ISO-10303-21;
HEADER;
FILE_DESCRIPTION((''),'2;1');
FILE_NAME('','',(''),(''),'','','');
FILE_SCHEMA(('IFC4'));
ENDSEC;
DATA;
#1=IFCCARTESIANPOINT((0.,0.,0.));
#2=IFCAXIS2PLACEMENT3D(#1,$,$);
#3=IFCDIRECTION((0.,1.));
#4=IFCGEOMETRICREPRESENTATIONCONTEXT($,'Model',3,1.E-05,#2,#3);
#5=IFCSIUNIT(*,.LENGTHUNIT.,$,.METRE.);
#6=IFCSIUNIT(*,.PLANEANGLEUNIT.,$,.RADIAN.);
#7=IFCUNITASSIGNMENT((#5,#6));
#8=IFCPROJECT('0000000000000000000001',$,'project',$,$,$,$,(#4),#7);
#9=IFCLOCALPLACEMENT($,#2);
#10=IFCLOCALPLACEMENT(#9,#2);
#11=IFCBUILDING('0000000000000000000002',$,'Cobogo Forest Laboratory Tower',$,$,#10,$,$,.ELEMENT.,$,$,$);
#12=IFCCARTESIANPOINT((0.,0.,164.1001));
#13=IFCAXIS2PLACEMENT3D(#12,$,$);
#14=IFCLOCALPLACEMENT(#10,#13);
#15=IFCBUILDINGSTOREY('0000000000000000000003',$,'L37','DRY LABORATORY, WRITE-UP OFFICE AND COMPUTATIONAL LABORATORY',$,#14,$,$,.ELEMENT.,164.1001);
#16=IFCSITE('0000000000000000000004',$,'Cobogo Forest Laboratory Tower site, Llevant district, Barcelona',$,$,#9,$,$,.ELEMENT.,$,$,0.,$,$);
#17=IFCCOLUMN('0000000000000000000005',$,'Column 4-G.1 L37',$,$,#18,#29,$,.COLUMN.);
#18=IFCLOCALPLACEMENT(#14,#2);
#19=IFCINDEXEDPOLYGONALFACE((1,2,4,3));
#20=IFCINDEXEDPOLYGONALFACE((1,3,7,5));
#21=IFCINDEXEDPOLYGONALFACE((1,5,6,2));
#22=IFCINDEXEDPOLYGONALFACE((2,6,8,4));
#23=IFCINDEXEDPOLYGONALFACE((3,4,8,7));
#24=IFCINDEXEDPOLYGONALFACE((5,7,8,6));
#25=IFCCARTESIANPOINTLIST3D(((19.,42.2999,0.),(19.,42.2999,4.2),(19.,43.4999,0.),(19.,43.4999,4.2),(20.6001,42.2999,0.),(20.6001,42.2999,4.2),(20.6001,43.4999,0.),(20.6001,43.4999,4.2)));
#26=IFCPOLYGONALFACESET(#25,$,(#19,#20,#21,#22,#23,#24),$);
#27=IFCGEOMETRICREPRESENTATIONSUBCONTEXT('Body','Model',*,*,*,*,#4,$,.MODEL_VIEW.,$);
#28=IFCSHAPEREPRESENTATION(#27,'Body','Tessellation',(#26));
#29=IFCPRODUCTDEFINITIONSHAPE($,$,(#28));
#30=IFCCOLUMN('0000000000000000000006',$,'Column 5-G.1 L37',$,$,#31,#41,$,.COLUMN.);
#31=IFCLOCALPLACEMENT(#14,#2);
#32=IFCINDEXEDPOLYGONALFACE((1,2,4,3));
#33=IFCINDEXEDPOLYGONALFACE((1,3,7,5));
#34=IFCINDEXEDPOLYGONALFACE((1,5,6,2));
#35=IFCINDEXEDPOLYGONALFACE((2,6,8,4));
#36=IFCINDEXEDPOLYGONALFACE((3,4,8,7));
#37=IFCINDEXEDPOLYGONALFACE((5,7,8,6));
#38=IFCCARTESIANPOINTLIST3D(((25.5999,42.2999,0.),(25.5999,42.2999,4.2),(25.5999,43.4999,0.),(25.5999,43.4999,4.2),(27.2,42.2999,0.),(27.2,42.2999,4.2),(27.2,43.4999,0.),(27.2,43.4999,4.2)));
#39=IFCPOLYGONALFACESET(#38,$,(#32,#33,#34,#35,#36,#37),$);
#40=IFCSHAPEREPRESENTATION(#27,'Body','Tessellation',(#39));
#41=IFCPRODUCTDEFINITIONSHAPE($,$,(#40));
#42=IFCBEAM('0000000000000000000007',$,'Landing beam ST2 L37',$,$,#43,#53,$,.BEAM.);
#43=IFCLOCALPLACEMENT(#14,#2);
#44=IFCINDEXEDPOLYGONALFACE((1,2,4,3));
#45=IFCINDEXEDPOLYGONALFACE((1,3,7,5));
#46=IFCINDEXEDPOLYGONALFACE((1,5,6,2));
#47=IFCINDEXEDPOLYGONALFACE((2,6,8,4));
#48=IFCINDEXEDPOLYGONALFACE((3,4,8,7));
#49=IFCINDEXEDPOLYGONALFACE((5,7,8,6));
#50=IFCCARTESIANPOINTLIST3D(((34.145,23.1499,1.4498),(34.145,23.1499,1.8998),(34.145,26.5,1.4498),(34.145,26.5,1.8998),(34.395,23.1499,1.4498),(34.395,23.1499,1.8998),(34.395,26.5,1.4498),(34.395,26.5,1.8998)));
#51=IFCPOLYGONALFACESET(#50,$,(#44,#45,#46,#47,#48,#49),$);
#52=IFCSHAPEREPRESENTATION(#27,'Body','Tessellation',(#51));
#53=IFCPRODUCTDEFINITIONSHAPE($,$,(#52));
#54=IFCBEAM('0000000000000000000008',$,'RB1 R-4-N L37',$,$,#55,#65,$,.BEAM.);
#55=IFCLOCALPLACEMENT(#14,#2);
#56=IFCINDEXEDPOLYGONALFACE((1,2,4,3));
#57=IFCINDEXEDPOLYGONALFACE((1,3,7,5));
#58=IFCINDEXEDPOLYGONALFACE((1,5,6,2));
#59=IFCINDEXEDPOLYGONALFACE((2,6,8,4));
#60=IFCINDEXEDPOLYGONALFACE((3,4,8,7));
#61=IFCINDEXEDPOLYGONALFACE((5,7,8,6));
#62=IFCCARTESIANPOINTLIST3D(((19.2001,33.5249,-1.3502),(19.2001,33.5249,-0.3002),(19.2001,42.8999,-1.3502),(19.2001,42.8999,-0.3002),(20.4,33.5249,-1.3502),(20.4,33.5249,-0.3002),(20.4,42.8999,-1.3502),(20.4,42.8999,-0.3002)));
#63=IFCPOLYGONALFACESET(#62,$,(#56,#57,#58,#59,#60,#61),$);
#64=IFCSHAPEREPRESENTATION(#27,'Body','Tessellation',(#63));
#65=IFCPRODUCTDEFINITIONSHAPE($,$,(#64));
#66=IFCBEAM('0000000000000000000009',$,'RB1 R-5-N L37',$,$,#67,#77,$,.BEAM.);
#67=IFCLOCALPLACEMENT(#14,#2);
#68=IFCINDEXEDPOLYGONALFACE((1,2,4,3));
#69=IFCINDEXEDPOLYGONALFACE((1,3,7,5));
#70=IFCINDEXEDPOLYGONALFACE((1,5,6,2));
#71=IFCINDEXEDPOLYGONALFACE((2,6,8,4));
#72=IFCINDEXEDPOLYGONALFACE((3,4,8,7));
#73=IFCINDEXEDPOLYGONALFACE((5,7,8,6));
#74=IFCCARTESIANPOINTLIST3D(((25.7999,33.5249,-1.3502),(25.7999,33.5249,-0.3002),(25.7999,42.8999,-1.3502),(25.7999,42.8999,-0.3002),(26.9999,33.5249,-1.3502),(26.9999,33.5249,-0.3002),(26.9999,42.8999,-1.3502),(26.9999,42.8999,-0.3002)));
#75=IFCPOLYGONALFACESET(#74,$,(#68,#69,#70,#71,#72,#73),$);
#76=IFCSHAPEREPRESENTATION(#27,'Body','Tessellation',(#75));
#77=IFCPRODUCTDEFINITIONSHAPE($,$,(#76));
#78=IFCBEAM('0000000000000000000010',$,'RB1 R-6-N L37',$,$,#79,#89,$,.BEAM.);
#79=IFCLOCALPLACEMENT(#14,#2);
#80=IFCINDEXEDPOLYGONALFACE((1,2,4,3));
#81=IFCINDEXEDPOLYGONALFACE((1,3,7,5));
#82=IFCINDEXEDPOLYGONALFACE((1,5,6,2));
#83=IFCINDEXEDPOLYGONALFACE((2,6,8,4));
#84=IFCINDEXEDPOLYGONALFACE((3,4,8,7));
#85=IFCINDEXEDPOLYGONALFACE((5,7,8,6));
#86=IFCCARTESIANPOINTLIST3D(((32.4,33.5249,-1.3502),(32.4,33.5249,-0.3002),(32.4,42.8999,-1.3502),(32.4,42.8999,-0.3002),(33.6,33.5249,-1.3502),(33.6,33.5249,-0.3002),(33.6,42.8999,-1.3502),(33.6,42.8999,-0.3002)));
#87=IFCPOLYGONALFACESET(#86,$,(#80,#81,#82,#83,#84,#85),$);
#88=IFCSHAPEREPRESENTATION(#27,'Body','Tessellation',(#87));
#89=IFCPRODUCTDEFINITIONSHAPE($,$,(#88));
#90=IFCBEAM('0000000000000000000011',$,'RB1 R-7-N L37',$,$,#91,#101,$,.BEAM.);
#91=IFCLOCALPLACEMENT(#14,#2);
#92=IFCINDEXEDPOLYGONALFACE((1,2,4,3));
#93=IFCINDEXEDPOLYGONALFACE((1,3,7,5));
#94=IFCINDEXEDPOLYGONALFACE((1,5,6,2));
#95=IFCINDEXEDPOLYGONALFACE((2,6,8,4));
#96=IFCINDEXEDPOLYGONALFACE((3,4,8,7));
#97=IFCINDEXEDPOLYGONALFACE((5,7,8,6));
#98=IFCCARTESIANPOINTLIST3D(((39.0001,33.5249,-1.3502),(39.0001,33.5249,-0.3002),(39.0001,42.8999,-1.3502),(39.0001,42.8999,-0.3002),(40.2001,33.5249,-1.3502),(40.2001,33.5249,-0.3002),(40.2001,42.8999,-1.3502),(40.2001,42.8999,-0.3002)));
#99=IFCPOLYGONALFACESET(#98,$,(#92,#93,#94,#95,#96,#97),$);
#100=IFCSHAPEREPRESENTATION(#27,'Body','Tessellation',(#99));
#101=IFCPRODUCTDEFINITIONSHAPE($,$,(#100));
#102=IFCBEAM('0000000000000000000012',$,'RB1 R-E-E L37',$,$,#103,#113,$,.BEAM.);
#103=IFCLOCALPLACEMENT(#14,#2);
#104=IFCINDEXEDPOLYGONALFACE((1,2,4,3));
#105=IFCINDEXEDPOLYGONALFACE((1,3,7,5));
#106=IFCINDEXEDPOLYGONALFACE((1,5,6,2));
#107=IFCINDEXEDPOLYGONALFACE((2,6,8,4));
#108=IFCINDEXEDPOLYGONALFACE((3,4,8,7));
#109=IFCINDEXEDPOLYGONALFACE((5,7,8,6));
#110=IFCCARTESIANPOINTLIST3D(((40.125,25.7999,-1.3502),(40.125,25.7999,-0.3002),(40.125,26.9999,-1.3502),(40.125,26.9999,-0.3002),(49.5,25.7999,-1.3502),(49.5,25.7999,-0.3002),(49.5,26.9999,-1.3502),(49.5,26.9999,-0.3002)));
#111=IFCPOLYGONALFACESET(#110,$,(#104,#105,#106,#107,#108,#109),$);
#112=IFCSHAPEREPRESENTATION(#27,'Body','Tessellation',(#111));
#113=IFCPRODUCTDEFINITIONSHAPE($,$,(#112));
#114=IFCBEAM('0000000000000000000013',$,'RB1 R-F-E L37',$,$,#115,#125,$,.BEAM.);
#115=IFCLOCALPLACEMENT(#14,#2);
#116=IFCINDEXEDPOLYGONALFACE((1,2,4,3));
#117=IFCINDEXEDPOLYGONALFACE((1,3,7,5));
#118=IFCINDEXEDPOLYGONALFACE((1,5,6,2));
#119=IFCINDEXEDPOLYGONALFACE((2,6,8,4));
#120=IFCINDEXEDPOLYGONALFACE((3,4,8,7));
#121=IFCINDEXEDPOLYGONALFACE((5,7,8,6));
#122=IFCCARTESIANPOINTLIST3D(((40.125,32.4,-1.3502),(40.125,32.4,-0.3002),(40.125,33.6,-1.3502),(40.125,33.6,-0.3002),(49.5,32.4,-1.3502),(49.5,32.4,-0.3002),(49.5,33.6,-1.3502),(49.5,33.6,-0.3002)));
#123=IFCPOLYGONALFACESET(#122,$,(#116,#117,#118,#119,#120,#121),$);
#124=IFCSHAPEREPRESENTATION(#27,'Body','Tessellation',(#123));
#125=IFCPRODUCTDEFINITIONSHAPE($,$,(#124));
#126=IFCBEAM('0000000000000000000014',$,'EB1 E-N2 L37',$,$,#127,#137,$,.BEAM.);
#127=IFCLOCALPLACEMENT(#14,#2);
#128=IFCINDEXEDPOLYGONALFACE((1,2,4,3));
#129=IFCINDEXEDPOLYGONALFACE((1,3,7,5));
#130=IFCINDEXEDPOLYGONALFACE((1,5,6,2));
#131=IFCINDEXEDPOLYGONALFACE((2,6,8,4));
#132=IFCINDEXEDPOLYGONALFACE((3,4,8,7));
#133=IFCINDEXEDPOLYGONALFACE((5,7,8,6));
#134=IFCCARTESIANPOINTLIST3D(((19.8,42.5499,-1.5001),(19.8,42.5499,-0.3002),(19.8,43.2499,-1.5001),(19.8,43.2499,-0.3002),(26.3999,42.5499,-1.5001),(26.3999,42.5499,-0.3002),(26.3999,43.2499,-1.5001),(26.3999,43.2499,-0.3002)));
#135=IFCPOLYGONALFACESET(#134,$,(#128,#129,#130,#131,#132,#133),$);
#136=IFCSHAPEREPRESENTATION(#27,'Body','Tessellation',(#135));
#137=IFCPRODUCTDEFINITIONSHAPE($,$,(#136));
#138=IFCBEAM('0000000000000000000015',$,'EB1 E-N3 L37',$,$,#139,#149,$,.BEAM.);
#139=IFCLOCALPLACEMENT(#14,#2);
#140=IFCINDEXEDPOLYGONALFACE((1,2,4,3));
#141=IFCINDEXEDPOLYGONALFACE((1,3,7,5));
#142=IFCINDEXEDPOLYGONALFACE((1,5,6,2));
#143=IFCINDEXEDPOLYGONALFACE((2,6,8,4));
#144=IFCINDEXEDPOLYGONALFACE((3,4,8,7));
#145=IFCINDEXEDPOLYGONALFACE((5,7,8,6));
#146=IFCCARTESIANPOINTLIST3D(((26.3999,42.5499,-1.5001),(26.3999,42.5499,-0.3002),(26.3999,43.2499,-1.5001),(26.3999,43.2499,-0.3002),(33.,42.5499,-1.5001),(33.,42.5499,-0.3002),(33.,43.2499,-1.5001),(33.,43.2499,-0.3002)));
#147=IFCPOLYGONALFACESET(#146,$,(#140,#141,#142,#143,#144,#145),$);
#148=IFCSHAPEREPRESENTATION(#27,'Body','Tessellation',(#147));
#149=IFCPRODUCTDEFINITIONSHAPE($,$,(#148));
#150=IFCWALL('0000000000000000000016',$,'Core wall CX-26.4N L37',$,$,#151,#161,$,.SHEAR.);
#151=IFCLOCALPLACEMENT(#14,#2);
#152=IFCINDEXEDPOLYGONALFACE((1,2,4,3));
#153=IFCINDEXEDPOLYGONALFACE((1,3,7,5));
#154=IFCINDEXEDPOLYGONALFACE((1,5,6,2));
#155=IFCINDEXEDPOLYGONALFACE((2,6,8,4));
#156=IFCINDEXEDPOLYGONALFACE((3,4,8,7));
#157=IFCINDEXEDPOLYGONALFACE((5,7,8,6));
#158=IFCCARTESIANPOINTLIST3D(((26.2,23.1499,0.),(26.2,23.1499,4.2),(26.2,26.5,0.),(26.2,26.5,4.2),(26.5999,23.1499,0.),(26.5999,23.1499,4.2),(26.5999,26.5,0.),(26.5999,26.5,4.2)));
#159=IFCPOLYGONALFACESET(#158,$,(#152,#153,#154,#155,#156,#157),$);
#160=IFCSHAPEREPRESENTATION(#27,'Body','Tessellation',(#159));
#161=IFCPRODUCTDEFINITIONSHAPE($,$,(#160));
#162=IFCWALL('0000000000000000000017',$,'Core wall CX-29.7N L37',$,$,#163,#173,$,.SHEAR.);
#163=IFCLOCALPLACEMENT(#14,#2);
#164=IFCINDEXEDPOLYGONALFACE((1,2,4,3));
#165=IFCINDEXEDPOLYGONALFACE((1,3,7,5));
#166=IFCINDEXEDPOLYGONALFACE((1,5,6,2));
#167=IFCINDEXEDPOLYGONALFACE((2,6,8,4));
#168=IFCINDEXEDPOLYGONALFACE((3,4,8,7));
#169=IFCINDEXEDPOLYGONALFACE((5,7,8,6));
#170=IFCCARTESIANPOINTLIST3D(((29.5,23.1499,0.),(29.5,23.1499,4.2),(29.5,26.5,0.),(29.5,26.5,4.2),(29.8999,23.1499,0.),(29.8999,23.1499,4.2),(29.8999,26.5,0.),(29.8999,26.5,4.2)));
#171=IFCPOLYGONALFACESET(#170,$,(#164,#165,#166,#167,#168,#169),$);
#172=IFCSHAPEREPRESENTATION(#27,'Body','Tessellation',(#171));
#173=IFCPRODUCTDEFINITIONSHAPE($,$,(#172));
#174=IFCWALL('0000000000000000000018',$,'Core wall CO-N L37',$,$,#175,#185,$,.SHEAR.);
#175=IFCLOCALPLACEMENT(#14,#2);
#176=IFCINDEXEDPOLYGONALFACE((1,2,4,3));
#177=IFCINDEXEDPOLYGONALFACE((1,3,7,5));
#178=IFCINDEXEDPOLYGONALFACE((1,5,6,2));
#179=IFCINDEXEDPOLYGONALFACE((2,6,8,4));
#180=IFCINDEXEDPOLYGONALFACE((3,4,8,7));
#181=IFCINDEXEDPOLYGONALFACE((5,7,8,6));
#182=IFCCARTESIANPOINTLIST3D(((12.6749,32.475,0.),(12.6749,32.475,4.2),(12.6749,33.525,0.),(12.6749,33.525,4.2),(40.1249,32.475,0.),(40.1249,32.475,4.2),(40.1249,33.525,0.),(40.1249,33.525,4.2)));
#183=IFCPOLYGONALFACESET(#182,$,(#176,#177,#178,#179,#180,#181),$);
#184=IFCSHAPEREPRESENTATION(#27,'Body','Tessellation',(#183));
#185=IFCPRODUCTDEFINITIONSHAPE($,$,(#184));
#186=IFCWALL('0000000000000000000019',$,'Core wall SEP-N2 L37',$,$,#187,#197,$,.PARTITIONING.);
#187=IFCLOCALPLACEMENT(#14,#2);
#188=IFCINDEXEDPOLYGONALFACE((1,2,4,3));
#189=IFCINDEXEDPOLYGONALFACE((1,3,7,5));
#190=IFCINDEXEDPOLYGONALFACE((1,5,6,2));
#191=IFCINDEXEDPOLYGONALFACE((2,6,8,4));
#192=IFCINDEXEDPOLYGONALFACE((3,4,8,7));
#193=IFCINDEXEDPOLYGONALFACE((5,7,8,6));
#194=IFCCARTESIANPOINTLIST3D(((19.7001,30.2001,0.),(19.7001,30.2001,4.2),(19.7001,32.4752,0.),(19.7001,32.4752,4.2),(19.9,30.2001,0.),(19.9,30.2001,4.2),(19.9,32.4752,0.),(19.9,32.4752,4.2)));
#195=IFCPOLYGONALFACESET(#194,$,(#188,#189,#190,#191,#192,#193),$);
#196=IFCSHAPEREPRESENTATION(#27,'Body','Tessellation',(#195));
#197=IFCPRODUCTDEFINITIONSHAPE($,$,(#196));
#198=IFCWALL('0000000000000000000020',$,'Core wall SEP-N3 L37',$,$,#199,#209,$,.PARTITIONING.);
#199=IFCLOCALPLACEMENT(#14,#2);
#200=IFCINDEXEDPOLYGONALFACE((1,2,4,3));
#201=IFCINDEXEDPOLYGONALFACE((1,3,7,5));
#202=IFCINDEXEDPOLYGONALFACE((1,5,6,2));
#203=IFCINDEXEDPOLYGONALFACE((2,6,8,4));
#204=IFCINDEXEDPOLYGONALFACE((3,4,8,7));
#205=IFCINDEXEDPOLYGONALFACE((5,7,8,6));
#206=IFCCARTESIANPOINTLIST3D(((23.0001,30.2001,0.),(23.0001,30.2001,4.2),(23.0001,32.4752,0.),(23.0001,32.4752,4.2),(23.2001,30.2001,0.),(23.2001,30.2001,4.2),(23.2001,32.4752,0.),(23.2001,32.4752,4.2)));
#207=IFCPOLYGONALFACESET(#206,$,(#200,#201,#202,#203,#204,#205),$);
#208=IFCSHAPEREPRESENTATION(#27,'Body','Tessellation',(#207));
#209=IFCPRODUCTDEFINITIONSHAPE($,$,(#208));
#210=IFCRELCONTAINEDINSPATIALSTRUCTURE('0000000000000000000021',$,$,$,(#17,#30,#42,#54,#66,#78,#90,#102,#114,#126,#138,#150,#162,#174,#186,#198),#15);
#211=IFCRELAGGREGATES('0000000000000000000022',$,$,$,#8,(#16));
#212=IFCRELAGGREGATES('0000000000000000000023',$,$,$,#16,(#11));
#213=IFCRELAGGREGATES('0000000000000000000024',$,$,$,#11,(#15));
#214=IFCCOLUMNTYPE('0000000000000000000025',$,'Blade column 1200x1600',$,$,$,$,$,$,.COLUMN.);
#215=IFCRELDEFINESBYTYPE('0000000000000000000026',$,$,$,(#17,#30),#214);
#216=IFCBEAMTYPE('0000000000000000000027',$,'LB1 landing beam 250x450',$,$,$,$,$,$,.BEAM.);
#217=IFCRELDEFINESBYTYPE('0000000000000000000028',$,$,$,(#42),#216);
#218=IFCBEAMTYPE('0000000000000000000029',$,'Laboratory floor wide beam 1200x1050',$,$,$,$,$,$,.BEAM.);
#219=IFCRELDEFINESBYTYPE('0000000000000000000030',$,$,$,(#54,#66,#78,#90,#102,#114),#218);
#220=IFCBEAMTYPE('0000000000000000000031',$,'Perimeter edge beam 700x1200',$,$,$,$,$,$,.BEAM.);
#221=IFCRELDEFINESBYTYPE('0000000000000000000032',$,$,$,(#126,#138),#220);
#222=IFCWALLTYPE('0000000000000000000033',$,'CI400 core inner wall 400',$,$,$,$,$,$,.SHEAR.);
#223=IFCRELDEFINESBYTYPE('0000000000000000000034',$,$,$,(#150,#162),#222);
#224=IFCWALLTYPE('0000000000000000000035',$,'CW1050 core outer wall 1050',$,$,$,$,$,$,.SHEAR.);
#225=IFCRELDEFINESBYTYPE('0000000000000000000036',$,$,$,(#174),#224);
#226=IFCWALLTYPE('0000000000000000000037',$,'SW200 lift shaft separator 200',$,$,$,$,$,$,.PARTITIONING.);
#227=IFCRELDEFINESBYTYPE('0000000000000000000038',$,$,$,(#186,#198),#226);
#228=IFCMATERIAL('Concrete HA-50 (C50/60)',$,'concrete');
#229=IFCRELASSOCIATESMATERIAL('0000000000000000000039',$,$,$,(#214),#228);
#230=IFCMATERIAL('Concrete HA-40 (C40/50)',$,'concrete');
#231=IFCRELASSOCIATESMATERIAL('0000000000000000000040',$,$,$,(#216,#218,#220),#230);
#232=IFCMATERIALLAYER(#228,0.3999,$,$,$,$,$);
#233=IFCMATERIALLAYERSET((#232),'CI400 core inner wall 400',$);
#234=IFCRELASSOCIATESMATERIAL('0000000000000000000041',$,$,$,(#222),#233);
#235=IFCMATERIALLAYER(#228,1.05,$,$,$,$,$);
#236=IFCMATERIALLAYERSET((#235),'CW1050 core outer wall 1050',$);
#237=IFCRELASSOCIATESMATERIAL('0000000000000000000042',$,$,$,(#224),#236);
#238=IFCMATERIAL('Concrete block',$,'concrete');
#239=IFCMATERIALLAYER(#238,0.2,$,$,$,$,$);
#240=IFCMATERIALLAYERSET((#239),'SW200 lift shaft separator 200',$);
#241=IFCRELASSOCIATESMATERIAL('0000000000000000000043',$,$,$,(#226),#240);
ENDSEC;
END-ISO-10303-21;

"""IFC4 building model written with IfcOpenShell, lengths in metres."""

from ifc_helpers import new_model, si_unit, direction, frame, frame_2d, origin, origin_2d, place, context, subcontext, project, spatial, rectangle, extrude, material, layer, layer_set, material_profile, profile_set, type_object, element, save


model = new_model("IFC4")

# Units and contexts
model_context = context("Model", 3, precision=1e-05, world=origin(), true_north=direction((0.0, 1.0)))
body_context = subcontext(model_context, "Body", "Model", "MODEL_VIEW")
ifc_project = project(units=[si_unit("LENGTHUNIT", "METRE"), si_unit("PLANEANGLEUNIT", "RADIAN")], contexts=[model_context])

# Site, building, storey
site_placement = place(None, origin())
site = spatial("IfcSite", under=ifc_project, at=site_placement, Name="Cobogo Forest Laboratory Tower site, Llevant district, Barcelona", CompositionType="ELEMENT", RefElevation=0.0)
building_placement = place(site_placement, origin())
building = spatial("IfcBuilding", under=site, at=building_placement, Name="Cobogo Forest Laboratory Tower", CompositionType="ELEMENT")
storey_placement = place(building_placement, frame((0.0, 0.0, 164.1001)))
storey = spatial("IfcBuildingStorey", under=building, at=storey_placement, Name="L37", Description="DRY LABORATORY, WRITE-UP OFFICE AND COMPUTATIONAL LABORATORY", CompositionType="ELEMENT", Elevation=164.1001)

# Columns
ifc_material_1 = material(Name="Concrete HA-50 (C50/60)", Category="concrete")
ifc_material_profile_1 = material_profile(ifc_material_1, rectangle(XDim=1.6001, YDim=1.2, at=origin_2d()), Name="RC 1200x1600")
ifc_profile_set_1 = profile_set([ifc_material_profile_1], Name="Concrete HA-50 (C50/60)")
column_type = type_object("IfcColumnType", Name="Blade column 1200x1600", PredefinedType="COLUMN", material=ifc_profile_set_1)
for number, where, z_axis, x_axis, name in (
    (1, (19.8, 42.8999, 0.0), (0.0, 0.0, 1.0), (1.0, 0.0, 0.0), "Column 4-G.1 L37"),
    (2, (26.3999, 42.8999, 0.0), (0.0, 0.0, 1.0), (1.0, 0.0, 0.0), "Column 5-G.1 L37"),
):
    element("IfcColumn", number, at=place(storey_placement, frame(where, z_axis=z_axis, x_axis=x_axis)), inside=storey, type_object=column_type, Name=name, PredefinedType="COLUMN", context=body_context, shape_type="SweptSolid", body=[
        extrude(rectangle(XDim=1.6001, YDim=1.2, at=origin_2d()), origin(), (0.0, 0.0, 1.0), 4.2),
    ])

# Beams
ifc_material_2 = material(Name="Concrete HA-40 (C40/50)", Category="concrete")
ifc_material_profile_2 = material_profile(ifc_material_2, rectangle(XDim=0.25, YDim=0.45, at=origin_2d()), Name="RC 250x450")
ifc_profile_set_2 = profile_set([ifc_material_profile_2], Name="Concrete HA-40 (C40/50)")
beam_type_1 = type_object("IfcBeamType", Name="LB1 landing beam 250x450", PredefinedType="BEAM", material=ifc_profile_set_2)
beam_1_placement = place(storey_placement, frame((34.27, 23.1499, 1.6748), z_axis=(0.0, 1.0, 0.0), x_axis=(-1.0, 0.0, 0.0)))
element("IfcBeam", 3, at=beam_1_placement, inside=storey, type_object=beam_type_1, Name="Landing beam ST2 L37", PredefinedType="BEAM", context=body_context, shape_type="SweptSolid", body=[
    extrude(rectangle(XDim=0.25, YDim=0.45, at=origin_2d()), origin(), (0.0, 0.0, 1.0), 3.3501),
])
ifc_material_profile_3 = material_profile(ifc_material_2, rectangle(XDim=1.2, YDim=1.05, at=origin_2d()), Name="RC 1200x1050")
ifc_profile_set_3 = profile_set([ifc_material_profile_3], Name="Concrete HA-40 (C40/50)")
beam_type_2 = type_object("IfcBeamType", Name="Laboratory floor wide beam 1200x1050", PredefinedType="BEAM", material=ifc_profile_set_3)
for number, where, z_axis, x_axis, name in (
    (4, (19.8, 33.5249, -0.8252), (0.0, 1.0, 0.0), (-1.0, 0.0, 0.0), "RB1 R-4-N L37"),
    (5, (26.3999, 33.5249, -0.8252), (0.0, 1.0, 0.0), (-1.0, 0.0, 0.0), "RB1 R-5-N L37"),
    (6, (33.0, 33.5249, -0.8252), (0.0, 1.0, 0.0), (-1.0, 0.0, 0.0), "RB1 R-6-N L37"),
    (7, (39.6001, 33.5249, -0.8252), (0.0, 1.0, 0.0), (-1.0, 0.0, 0.0), "RB1 R-7-N L37"),
    (8, (40.125, 26.3999, -0.8252), (1.0, 0.0, 0.0), (0.0, 1.0, 0.0), "RB1 R-E-E L37"),
    (9, (40.125, 33.0, -0.8252), (1.0, 0.0, 0.0), (0.0, 1.0, 0.0), "RB1 R-F-E L37"),
):
    element("IfcBeam", number, at=place(storey_placement, frame(where, z_axis=z_axis, x_axis=x_axis)), inside=storey, type_object=beam_type_2, Name=name, PredefinedType="BEAM", context=body_context, shape_type="SweptSolid", body=[
        extrude(rectangle(XDim=1.2, YDim=1.05, at=origin_2d()), origin(), (0.0, 0.0, 1.0), 9.375),
    ])
ifc_material_profile_4 = material_profile(ifc_material_2, rectangle(XDim=0.7, YDim=1.2, at=origin_2d()), Name="RC 700x1200")
ifc_profile_set_4 = profile_set([ifc_material_profile_4], Name="Concrete HA-40 (C40/50)")
beam_type_3 = type_object("IfcBeamType", Name="Perimeter edge beam 700x1200", PredefinedType="BEAM", material=ifc_profile_set_4)
beam_2_placement = place(storey_placement, frame((19.8, 42.8999, -0.9001), z_axis=(1.0, 0.0, 0.0), x_axis=(0.0, 1.0, 0.0)))
element("IfcBeam", 10, at=beam_2_placement, inside=storey, type_object=beam_type_3, Name="EB1 E-N2 L37", PredefinedType="BEAM", context=body_context, shape_type="SweptSolid", body=[
    extrude(rectangle(XDim=0.7, YDim=1.2, at=origin_2d()), origin(), (0.0, 0.0, 1.0), 6.5999),
])
beam_3_placement = place(storey_placement, frame((26.3999, 42.8999, -0.9001), z_axis=(1.0, 0.0, 0.0), x_axis=(0.0, 1.0, 0.0)))
element("IfcBeam", 11, at=beam_3_placement, inside=storey, type_object=beam_type_3, Name="EB1 E-N3 L37", PredefinedType="BEAM", context=body_context, shape_type="SweptSolid", body=[
    extrude(rectangle(XDim=0.7, YDim=1.2, at=origin_2d()), origin(), (0.0, 0.0, 1.0), 6.6001),
])

# Walls
ifc_layer_1 = layer(ifc_material_1, 0.3999)
ifc_layer_set_1 = layer_set([ifc_layer_1], Name="CI400 core inner wall 400")
wall_type_1 = type_object("IfcWallType", Name="CI400 core inner wall 400", PredefinedType="SHEAR", material=ifc_layer_set_1)
for number, where, z_axis, x_axis, name in (
    (12, (26.3999, 23.1499, 0.0), (0.0, 0.0, 1.0), (0.0, 1.0, 0.0), "Core wall CX-26.4N L37"),
    (13, (29.7, 23.1499, 0.0), (0.0, 0.0, 1.0), (0.0, 1.0, 0.0), "Core wall CX-29.7N L37"),
):
    element("IfcWall", number, at=place(storey_placement, frame(where, z_axis=z_axis, x_axis=x_axis)), inside=storey, type_object=wall_type_1, Name=name, PredefinedType="SHEAR", context=body_context, shape_type="SweptSolid", body=[
        extrude(rectangle(XDim=3.3501, YDim=0.3999, at=frame_2d((1.675, 0.0))), origin(), (0.0, 0.0, 1.0), 4.2),
    ])
ifc_layer_2 = layer(ifc_material_1, 1.05)
ifc_layer_set_2 = layer_set([ifc_layer_2], Name="CW1050 core outer wall 1050")
wall_type_2 = type_object("IfcWallType", Name="CW1050 core outer wall 1050", PredefinedType="SHEAR", material=ifc_layer_set_2)
wall_placement = place(storey_placement, frame((40.125, 33.0, 0.0), z_axis=(0.0, 0.0, 1.0), x_axis=(-1.0, 0.0, 0.0)))
element("IfcWall", 14, at=wall_placement, inside=storey, type_object=wall_type_2, Name="Core wall CO-N L37", PredefinedType="SHEAR", context=body_context, shape_type="SweptSolid", body=[
    extrude(rectangle(XDim=27.45, YDim=1.05, at=frame_2d((13.7251, 0.0))), origin(), (0.0, 0.0, 1.0), 4.2),
])
ifc_material_3 = material(Name="Concrete block", Category="concrete")
ifc_layer_3 = layer(ifc_material_3, 0.2)
ifc_layer_set_3 = layer_set([ifc_layer_3], Name="SW200 lift shaft separator 200")
wall_type_3 = type_object("IfcWallType", Name="SW200 lift shaft separator 200", PredefinedType="PARTITIONING", material=ifc_layer_set_3)
for number, where, z_axis, x_axis, name in (
    (15, (19.8, 30.2, 0.0), (0.0, 0.0, 1.0), (0.0, 1.0, 0.0), "Core wall SEP-N2 L37"),
    (16, (23.1001, 30.2, 0.0), (0.0, 0.0, 1.0), (0.0, 1.0, 0.0), "Core wall SEP-N3 L37"),
):
    element("IfcWall", number, at=place(storey_placement, frame(where, z_axis=z_axis, x_axis=x_axis)), inside=storey, type_object=wall_type_3, Name=name, PredefinedType="PARTITIONING", context=body_context, shape_type="SweptSolid", body=[
        extrude(rectangle(XDim=2.2751, YDim=0.2, at=frame_2d((1.1377, 0.0))), origin(), (0.0, 0.0, 1.0), 4.2),
    ])

save(model, "model.ifc")
